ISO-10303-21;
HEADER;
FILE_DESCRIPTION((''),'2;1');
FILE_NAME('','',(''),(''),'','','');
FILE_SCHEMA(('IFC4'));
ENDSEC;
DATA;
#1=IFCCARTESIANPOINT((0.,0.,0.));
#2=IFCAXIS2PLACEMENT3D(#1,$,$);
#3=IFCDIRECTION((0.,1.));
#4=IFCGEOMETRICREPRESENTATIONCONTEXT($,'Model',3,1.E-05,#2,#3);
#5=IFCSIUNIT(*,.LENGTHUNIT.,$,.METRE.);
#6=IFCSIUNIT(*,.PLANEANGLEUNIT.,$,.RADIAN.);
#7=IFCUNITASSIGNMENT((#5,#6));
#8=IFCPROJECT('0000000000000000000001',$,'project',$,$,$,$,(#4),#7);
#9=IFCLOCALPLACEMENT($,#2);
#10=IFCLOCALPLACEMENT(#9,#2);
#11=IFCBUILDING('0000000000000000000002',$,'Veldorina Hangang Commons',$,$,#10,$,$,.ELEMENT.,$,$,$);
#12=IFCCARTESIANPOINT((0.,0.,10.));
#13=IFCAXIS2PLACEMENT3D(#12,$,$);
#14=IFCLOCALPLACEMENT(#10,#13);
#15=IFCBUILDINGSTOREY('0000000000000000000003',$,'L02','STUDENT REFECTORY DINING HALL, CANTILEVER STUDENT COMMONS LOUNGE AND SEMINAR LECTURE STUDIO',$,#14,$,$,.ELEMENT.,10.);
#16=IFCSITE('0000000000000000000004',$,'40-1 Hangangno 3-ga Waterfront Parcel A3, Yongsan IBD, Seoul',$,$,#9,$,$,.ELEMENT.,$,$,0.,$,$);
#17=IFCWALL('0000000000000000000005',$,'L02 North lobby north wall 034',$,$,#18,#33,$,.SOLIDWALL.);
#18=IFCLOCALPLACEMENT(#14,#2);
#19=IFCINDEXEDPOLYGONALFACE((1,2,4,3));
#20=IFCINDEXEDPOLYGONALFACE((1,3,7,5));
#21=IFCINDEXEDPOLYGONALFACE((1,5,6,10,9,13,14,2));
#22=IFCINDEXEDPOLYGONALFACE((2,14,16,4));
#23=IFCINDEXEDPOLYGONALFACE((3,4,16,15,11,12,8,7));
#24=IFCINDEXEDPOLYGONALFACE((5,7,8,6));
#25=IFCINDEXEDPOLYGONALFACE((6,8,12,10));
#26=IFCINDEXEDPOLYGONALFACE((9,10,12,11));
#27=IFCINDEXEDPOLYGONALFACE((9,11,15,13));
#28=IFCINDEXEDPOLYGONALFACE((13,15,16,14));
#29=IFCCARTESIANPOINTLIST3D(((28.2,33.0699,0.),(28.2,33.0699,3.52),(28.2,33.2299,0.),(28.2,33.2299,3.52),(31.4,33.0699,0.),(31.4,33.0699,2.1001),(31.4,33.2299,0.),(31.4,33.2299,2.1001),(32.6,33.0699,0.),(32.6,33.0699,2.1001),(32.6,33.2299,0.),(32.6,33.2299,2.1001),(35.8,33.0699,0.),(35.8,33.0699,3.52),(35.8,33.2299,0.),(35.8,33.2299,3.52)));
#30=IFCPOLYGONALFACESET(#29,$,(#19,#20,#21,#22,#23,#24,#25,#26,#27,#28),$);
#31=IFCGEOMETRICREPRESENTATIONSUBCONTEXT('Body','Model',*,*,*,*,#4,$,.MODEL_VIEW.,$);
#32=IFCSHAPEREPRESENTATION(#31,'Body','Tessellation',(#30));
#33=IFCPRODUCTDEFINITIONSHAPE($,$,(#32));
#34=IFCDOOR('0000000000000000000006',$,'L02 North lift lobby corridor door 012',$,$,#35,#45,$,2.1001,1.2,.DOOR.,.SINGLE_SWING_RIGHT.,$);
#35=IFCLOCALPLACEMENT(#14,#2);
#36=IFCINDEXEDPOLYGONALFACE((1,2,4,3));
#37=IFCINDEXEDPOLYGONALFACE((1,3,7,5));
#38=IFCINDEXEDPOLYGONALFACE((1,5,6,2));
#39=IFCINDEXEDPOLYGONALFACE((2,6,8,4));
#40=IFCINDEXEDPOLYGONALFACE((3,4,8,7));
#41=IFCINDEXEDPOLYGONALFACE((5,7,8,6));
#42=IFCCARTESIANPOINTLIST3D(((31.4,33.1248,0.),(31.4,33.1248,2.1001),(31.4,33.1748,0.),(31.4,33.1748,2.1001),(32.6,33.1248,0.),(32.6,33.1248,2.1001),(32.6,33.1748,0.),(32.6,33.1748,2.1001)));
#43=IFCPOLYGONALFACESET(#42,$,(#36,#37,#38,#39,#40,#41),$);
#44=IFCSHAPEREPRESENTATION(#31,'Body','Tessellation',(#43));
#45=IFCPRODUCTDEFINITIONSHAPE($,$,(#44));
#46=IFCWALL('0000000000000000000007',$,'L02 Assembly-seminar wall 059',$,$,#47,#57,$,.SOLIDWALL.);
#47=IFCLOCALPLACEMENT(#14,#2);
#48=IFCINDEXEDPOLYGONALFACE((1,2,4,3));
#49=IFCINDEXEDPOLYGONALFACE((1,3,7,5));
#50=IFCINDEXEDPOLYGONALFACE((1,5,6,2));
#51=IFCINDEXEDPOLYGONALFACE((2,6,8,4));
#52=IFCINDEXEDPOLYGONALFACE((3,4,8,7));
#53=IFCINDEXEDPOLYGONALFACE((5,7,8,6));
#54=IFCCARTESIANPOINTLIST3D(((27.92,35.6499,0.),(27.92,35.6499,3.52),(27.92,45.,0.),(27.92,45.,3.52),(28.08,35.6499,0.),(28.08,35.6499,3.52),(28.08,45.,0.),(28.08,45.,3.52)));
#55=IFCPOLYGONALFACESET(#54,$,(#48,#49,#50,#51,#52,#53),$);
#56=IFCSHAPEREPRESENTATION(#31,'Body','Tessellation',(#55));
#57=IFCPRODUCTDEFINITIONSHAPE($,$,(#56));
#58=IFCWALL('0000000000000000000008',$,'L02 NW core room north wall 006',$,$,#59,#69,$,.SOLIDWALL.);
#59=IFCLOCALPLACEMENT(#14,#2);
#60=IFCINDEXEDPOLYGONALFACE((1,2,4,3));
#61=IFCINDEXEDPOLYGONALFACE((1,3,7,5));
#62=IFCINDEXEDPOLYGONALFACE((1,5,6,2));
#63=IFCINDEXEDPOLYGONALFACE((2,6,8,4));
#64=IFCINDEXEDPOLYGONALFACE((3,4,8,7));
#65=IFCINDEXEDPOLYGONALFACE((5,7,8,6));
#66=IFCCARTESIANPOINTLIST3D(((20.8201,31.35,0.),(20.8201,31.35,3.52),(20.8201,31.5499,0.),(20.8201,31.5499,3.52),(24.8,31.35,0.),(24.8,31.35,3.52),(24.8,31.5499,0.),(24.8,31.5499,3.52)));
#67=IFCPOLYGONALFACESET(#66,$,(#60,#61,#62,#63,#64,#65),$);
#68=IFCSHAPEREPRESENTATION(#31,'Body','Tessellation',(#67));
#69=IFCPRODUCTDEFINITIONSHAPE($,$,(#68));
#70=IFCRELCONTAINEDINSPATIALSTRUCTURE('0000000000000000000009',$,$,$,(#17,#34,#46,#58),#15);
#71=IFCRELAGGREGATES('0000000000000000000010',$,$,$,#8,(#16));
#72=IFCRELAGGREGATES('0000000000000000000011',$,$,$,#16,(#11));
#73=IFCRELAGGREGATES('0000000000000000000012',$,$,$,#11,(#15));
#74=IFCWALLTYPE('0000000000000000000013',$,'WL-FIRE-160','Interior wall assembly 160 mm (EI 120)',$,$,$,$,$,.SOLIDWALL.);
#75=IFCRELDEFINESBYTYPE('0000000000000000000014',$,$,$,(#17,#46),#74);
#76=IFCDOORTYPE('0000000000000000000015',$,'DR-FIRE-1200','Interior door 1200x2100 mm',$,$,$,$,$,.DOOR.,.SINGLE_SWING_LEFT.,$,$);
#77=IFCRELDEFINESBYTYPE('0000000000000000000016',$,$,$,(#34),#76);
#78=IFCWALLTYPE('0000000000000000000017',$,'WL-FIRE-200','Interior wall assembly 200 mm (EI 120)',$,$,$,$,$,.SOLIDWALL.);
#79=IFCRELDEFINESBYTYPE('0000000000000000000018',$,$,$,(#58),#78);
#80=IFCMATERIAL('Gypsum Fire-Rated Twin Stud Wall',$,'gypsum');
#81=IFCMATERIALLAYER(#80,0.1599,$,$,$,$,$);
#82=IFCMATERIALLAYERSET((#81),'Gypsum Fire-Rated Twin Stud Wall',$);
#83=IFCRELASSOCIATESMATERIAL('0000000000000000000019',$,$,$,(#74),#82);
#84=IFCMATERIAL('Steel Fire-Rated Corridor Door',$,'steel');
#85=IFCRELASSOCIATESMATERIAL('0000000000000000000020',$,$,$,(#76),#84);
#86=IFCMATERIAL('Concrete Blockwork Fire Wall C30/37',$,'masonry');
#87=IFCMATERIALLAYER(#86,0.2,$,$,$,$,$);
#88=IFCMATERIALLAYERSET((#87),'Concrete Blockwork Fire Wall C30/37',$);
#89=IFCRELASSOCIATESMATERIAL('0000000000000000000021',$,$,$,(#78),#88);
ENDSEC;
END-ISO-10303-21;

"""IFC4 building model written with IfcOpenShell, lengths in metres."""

from ifc_helpers import new_model, si_unit, direction, frame, frame_2d, origin, place, context, subcontext, project, spatial, rectangle, extrude, material, layer, layer_set, type_object, element, fill, save


model = new_model("IFC4")

# Units and contexts
model_context = context("Model", 3, precision=1e-05, world=origin(), true_north=direction((0.0, 1.0)))
body_context = subcontext(model_context, "Body", "Model", "MODEL_VIEW")
ifc_project = project(units=[si_unit("LENGTHUNIT", "METRE"), si_unit("PLANEANGLEUNIT", "RADIAN")], contexts=[model_context])

# Site, building, storey
site_placement = place(None, origin())
site = spatial("IfcSite", under=ifc_project, at=site_placement, Name="40-1 Hangangno 3-ga Waterfront Parcel A3, Yongsan IBD, Seoul", CompositionType="ELEMENT", RefElevation=0.0)
building_placement = place(site_placement, origin())
building = spatial("IfcBuilding", under=site, at=building_placement, Name="Veldorina Hangang Commons", CompositionType="ELEMENT")
storey_placement = place(building_placement, frame((0.0, 0.0, 10.0)))
storey = spatial("IfcBuildingStorey", under=building, at=storey_placement, Name="L02", Description="STUDENT REFECTORY DINING HALL, CANTILEVER STUDENT COMMONS LOUNGE AND SEMINAR LECTURE STUDIO", CompositionType="ELEMENT", Elevation=10.0)

# Shared definitions
ifc_material_1 = material(Name="Gypsum Fire-Rated Twin Stud Wall", Category="gypsum")
ifc_layer_1 = layer(ifc_material_1, 0.1599)
ifc_layer_set_1 = layer_set([ifc_layer_1], Name="Gypsum Fire-Rated Twin Stud Wall")
wall_type_1 = type_object("IfcWallType", Name="WL-FIRE-160", Description="Interior wall assembly 160 mm (EI 120)", PredefinedType="SOLIDWALL", material=ifc_layer_set_1)

# Wall, opening, door
wall_1_placement = place(storey_placement, frame((28.2, 33.1499, 0.0), z_axis=(0.0, 0.0, 1.0), x_axis=(1.0, 0.0, 0.0)))
wall_1 = element("IfcWall", 1, at=wall_1_placement, inside=storey, type_object=wall_type_1, Name="L02 North lobby north wall 034", PredefinedType="SOLIDWALL", context=body_context, shape_type="SweptSolid", body=[
    extrude(rectangle(XDim=7.6001, YDim=0.1599, at=frame_2d((3.8, 0.0))), origin(), (0.0, 0.0, 1.0), 3.52),
])
opening_1_placement = place(wall_1_placement, frame((3.2, 0.0, 0.0)))
opening_1 = element("IfcOpeningElement", 2, at=opening_1_placement, cuts=wall_1, PredefinedType="OPENING", context=body_context, shape_type="SweptSolid", body=[
    extrude(rectangle(XDim=1.2, YDim=2.1001, at=frame_2d((0.6001, 1.05))), frame((0.0, 0.0898, 0.0), z_axis=(0.0, -1.0, 0.0), x_axis=(1.0, 0.0, 0.0)), (0.0, 0.0, 1.0), 0.1799),
])
ifc_material_2 = material(Name="Steel Fire-Rated Corridor Door", Category="steel")
door_type_1 = type_object("IfcDoorType", Name="DR-FIRE-1200", Description="Interior door 1200x2100 mm", OperationType="SINGLE_SWING_LEFT", PredefinedType="DOOR", material=ifc_material_2)
door_1_placement = place(opening_1_placement, origin())
door_1 = element("IfcDoor", 3, at=door_1_placement, inside=storey, type_object=door_type_1, Name="L02 North lift lobby corridor door 012", OperationType="SINGLE_SWING_RIGHT", OverallHeight=2.1001, OverallWidth=1.2, PredefinedType="DOOR", context=body_context, shape_type="SweptSolid", body=[
    extrude(rectangle(XDim=1.2, YDim=2.1001, at=frame_2d((0.6001, 1.05))), frame((0.0, 0.0249, 0.0), z_axis=(0.0, -1.0, 0.0), x_axis=(1.0, 0.0, 0.0)), (0.0, 0.0, 1.0), 0.05),
])
fill(opening_1, door_1)

# Walls
wall_2_placement = place(storey_placement, frame((28.0, 35.6499, 0.0), z_axis=(0.0, 0.0, 1.0), x_axis=(0.0, 1.0, 0.0)))
element("IfcWall", 4, at=wall_2_placement, inside=storey, type_object=wall_type_1, Name="L02 Assembly-seminar wall 059", PredefinedType="SOLIDWALL", context=body_context, shape_type="SweptSolid", body=[
    extrude(rectangle(XDim=9.3501, YDim=0.1599, at=frame_2d((4.675, 0.0))), origin(), (0.0, 0.0, 1.0), 3.52),
])
ifc_material_3 = material(Name="Concrete Blockwork Fire Wall C30/37", Category="masonry")
ifc_layer_2 = layer(ifc_material_3, 0.2)
ifc_layer_set_2 = layer_set([ifc_layer_2], Name="Concrete Blockwork Fire Wall C30/37")
wall_type_2 = type_object("IfcWallType", Name="WL-FIRE-200", Description="Interior wall assembly 200 mm (EI 120)", PredefinedType="SOLIDWALL", material=ifc_layer_set_2)
wall_3_placement = place(storey_placement, frame((20.8201, 31.45, 0.0), z_axis=(0.0, 0.0, 1.0), x_axis=(1.0, 0.0, 0.0)))
element("IfcWall", 5, at=wall_3_placement, inside=storey, type_object=wall_type_2, Name="L02 NW core room north wall 006", PredefinedType="SOLIDWALL", context=body_context, shape_type="SweptSolid", body=[
    extrude(rectangle(XDim=3.98, YDim=0.2, at=frame_2d((1.99, 0.0))), origin(), (0.0, 0.0, 1.0), 3.52),
])

save(model, "model.ifc")
